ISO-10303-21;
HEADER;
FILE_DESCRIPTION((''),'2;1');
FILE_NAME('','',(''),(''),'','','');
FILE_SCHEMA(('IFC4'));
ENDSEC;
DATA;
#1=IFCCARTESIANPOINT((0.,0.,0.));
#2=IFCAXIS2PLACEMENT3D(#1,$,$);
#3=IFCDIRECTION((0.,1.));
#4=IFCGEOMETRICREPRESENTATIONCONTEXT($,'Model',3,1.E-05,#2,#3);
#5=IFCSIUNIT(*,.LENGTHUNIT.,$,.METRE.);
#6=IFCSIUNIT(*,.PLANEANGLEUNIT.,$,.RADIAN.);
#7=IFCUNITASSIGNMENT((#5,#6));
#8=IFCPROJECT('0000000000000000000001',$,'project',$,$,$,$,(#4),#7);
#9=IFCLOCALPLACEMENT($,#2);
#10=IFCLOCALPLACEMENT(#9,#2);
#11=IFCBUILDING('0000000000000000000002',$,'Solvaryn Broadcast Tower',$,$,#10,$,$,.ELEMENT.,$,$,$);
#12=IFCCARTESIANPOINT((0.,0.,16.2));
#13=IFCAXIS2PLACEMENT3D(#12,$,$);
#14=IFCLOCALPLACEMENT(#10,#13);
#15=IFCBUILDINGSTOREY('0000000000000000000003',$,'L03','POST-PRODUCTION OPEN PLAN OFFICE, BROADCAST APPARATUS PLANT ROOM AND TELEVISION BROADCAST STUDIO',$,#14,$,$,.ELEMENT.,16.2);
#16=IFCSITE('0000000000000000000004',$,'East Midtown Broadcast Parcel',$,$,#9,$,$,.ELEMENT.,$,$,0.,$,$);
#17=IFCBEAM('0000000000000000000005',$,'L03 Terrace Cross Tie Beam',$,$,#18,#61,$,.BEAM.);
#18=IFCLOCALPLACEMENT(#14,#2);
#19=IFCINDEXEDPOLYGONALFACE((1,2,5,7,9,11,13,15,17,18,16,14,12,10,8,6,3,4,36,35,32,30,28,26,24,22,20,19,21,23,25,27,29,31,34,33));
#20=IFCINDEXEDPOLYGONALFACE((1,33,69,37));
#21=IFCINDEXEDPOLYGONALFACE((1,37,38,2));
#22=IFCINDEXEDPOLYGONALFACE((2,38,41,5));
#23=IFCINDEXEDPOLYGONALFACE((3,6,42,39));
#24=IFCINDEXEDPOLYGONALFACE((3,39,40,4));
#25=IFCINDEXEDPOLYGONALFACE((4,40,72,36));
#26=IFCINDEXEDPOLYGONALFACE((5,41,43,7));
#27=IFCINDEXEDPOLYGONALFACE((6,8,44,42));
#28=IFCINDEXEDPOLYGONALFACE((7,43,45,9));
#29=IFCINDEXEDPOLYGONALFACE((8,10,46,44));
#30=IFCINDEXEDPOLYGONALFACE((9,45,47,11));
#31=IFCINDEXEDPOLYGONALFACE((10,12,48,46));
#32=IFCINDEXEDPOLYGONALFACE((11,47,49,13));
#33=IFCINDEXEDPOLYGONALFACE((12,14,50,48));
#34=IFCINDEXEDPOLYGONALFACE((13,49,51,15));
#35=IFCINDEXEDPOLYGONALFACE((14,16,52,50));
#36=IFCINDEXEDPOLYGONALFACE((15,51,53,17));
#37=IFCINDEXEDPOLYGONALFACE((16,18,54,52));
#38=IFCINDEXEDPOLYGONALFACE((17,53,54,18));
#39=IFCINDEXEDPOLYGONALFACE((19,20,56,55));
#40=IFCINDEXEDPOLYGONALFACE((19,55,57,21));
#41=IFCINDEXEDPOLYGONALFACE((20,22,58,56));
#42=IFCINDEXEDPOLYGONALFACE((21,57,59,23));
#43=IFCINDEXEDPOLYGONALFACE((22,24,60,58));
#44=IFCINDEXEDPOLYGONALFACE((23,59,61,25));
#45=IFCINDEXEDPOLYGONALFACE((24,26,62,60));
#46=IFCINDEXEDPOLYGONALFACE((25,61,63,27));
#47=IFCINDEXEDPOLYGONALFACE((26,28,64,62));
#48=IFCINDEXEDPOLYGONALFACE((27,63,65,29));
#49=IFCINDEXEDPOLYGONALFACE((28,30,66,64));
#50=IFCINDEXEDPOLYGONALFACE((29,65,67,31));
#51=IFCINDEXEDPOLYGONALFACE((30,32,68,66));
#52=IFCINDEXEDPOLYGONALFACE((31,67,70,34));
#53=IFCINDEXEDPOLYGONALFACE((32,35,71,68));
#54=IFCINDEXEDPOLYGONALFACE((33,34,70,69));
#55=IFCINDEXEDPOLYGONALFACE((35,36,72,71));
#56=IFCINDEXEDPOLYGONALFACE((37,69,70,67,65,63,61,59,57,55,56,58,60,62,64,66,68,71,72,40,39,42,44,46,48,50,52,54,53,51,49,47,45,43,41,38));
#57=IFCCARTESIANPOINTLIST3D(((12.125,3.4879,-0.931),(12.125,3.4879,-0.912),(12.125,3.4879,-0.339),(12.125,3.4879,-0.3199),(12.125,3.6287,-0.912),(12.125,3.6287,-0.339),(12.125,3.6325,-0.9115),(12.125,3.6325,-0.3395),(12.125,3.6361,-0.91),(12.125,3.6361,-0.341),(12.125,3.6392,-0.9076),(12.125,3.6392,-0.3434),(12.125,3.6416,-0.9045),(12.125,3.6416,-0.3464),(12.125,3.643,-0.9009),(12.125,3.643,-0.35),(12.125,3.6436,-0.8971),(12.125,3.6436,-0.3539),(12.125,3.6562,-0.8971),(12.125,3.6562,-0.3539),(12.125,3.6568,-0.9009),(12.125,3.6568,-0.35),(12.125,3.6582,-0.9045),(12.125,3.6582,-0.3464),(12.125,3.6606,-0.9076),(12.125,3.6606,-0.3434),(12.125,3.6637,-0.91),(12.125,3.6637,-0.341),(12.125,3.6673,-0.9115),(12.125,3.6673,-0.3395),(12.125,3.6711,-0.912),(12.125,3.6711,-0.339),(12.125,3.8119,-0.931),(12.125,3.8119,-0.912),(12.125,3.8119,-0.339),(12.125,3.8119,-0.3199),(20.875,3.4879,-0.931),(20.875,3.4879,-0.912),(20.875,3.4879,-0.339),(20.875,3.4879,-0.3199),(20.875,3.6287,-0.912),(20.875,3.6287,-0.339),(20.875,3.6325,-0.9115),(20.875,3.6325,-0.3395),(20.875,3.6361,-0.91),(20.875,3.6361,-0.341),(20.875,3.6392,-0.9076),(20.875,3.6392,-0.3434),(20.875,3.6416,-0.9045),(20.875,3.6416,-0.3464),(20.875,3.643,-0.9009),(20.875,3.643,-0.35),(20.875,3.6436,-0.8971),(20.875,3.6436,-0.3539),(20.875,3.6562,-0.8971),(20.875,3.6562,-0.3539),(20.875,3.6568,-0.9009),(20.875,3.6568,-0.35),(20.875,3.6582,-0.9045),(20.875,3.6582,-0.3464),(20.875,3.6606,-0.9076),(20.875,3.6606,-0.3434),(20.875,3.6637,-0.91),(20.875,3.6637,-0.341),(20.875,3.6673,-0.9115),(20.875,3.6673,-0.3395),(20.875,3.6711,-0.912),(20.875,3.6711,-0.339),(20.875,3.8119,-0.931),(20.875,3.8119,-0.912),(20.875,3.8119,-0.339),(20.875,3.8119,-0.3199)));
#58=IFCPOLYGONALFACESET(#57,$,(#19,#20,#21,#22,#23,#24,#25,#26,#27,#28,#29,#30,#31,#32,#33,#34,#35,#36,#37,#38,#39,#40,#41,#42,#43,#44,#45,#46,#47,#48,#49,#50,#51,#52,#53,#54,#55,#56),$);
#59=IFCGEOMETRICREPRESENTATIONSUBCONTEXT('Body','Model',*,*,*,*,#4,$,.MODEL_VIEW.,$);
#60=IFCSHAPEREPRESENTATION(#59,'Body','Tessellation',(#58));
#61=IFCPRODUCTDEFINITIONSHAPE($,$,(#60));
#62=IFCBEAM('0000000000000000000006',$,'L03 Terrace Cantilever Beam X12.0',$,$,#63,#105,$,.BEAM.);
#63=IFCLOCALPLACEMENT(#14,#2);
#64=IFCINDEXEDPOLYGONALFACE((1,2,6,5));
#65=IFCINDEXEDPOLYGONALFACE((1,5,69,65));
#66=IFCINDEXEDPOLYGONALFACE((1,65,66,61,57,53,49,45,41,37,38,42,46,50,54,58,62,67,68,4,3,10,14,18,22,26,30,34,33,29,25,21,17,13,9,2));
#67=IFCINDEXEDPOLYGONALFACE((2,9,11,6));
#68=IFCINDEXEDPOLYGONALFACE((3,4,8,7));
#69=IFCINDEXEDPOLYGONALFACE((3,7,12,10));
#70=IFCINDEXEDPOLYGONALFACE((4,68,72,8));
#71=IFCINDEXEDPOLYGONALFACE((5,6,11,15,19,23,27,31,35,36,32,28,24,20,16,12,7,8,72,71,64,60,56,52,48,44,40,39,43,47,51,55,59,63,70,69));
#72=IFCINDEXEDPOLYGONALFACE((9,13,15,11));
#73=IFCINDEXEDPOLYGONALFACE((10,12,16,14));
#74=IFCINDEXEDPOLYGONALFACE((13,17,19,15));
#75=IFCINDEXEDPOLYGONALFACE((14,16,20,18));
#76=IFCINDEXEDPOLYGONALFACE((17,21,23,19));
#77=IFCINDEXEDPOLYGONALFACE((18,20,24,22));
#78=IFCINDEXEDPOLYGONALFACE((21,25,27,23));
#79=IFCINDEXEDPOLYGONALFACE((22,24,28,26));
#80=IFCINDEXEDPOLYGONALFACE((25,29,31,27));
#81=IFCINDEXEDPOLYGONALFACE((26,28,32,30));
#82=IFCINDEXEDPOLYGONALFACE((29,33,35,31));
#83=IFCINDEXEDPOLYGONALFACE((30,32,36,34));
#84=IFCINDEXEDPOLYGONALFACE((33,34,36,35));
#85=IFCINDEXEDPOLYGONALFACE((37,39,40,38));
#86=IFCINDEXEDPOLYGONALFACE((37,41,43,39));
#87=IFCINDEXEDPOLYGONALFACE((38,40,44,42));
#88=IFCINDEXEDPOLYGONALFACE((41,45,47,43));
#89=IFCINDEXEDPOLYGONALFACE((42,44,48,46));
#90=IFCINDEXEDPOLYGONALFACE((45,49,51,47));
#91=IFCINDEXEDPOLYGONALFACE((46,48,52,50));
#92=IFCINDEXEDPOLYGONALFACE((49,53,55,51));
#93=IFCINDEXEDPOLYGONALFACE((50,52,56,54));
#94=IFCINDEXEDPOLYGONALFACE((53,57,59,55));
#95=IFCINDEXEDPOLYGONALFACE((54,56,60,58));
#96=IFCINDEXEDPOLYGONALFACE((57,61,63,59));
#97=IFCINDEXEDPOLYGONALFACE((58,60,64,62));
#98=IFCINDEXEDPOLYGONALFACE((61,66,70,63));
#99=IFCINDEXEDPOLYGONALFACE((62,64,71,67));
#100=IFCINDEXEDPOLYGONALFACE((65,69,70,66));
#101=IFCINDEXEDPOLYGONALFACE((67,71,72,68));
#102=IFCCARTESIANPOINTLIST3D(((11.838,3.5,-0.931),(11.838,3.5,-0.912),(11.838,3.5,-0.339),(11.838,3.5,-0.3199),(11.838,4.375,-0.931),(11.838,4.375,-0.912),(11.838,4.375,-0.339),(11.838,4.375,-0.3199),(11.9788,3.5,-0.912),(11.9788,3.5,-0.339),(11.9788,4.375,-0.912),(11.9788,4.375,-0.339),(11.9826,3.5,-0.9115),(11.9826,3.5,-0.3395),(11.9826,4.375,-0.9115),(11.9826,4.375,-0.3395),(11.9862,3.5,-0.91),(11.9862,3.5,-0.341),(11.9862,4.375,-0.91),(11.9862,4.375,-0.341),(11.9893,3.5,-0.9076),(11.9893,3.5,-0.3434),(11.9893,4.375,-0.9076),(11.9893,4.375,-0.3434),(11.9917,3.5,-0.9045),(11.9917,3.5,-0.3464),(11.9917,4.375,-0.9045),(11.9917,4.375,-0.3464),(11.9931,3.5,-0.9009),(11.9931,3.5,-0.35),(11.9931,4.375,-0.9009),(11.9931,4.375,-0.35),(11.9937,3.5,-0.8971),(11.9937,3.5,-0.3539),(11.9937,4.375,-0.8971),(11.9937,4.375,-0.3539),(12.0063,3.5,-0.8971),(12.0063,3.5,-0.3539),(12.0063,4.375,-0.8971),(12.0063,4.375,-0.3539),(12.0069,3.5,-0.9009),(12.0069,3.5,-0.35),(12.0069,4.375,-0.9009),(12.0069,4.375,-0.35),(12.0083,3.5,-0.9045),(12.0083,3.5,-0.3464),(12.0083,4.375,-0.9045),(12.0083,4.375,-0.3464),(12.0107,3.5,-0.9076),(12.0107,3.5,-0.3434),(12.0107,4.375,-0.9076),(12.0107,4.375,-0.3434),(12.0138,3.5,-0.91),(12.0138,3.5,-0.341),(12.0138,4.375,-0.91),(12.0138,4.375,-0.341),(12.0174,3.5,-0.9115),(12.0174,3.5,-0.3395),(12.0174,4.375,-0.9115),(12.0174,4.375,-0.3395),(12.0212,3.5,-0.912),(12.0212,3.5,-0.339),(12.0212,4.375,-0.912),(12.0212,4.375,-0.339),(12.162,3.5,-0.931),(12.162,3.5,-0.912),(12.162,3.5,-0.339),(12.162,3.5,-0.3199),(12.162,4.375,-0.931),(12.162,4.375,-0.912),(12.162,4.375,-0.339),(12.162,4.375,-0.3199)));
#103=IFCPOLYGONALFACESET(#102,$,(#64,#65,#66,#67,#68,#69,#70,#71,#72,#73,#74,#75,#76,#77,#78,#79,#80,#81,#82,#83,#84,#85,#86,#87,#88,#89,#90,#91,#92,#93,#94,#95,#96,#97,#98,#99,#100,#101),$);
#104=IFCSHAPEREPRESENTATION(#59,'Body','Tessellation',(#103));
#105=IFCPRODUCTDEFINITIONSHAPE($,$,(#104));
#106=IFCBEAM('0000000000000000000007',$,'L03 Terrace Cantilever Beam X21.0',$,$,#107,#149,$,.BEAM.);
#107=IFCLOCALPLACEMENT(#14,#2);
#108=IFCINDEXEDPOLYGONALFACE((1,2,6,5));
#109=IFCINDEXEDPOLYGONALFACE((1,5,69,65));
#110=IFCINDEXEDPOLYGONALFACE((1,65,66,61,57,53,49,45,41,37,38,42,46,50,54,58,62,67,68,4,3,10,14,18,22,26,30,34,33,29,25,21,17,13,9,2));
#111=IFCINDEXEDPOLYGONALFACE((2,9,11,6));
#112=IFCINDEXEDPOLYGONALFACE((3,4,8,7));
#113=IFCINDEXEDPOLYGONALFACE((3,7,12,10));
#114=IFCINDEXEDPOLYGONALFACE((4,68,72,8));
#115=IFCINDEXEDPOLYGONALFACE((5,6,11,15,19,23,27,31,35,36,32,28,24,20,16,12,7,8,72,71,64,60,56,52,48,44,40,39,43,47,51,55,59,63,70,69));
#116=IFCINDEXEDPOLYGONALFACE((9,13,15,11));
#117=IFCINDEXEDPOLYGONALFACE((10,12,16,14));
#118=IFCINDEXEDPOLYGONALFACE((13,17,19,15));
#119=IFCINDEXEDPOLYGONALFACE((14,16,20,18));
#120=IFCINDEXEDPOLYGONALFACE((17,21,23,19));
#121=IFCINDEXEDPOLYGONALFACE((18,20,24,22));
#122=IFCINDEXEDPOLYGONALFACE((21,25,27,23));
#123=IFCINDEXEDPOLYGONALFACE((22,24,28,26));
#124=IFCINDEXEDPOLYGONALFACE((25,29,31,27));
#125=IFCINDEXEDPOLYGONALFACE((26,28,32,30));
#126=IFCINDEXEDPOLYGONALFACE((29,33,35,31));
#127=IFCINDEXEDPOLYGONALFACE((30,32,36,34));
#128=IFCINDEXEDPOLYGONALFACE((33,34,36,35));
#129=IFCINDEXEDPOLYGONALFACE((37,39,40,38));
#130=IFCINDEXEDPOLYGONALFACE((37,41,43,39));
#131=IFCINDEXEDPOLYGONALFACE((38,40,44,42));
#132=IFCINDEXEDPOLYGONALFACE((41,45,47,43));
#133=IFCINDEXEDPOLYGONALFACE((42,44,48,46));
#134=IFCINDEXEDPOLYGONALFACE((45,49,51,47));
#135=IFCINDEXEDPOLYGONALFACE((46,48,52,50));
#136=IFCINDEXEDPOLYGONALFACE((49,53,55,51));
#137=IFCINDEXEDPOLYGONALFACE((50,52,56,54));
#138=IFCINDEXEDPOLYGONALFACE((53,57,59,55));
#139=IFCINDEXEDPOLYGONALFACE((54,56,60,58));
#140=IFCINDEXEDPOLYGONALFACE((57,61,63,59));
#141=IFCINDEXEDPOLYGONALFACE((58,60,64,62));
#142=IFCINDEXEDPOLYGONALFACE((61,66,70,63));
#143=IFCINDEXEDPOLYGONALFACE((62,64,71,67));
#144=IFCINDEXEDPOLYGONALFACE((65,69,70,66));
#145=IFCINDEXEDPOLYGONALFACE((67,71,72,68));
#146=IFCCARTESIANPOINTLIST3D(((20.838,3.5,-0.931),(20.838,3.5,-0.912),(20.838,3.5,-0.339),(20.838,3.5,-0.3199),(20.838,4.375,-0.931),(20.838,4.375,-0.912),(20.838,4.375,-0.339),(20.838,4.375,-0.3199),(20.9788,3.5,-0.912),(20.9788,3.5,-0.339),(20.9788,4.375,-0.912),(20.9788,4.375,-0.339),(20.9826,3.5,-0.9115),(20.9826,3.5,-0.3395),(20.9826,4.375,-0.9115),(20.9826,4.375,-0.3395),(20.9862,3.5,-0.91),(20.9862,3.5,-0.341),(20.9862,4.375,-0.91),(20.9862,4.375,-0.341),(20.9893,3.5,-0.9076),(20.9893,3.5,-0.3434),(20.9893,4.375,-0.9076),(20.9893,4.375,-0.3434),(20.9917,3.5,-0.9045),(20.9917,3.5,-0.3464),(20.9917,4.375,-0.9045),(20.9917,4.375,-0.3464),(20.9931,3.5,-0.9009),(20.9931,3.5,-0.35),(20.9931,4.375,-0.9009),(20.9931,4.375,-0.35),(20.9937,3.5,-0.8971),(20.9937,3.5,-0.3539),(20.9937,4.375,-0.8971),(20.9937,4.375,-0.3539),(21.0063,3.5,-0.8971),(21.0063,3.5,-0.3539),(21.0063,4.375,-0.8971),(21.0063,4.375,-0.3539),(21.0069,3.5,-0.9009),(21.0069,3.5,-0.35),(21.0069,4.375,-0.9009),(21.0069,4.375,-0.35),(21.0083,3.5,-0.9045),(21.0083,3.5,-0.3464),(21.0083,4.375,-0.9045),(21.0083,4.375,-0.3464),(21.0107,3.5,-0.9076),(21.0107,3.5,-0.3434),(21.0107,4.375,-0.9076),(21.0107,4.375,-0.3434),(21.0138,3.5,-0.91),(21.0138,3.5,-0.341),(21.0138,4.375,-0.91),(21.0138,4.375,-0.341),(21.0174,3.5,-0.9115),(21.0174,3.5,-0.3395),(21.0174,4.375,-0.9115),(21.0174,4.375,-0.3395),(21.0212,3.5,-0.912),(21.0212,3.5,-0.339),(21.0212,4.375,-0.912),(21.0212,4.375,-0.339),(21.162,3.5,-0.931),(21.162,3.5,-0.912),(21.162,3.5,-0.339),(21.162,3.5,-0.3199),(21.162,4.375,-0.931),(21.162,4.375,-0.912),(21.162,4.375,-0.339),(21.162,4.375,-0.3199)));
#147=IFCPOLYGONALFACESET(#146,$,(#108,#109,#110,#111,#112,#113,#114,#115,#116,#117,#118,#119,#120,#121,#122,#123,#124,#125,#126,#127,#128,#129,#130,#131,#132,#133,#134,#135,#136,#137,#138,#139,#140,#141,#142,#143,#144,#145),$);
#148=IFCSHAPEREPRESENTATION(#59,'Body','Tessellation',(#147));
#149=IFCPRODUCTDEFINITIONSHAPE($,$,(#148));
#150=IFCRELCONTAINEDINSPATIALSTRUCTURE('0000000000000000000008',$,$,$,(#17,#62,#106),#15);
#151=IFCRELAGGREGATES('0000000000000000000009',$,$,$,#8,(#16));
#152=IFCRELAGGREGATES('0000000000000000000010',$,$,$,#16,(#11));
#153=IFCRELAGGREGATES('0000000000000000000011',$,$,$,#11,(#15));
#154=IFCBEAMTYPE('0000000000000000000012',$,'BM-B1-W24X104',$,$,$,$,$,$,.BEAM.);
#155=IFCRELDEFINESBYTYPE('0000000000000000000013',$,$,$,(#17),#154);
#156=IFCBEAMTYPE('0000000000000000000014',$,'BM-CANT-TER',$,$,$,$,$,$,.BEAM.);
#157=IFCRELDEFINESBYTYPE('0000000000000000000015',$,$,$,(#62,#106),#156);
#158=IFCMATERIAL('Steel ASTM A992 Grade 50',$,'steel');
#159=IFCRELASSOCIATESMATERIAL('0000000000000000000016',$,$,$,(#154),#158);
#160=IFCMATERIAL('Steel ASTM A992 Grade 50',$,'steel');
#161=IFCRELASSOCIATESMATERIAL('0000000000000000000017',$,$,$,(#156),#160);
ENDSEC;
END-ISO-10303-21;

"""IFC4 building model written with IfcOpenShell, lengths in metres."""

from ifc_helpers import new_model, si_unit, direction, frame, origin, origin_2d, place, context, subcontext, project, spatial, i_section, extrude, material, material_profile, profile_set, type_object, element, save


model = new_model("IFC4")

# Units and contexts
model_context = context("Model", 3, precision=1e-05, world=origin(), true_north=direction((0.0, 1.0)))
body_context = subcontext(model_context, "Body", "Model", "MODEL_VIEW")
ifc_project = project(units=[si_unit("LENGTHUNIT", "METRE"), si_unit("PLANEANGLEUNIT", "RADIAN")], contexts=[model_context])

# Site, building, storey
site_placement = place(None, origin())
site = spatial("IfcSite", under=ifc_project, at=site_placement, Name="East Midtown Broadcast Parcel", CompositionType="ELEMENT", RefElevation=0.0)
building_placement = place(site_placement, origin())
building = spatial("IfcBuilding", under=site, at=building_placement, Name="Solvaryn Broadcast Tower", CompositionType="ELEMENT")
storey_placement = place(building_placement, frame((0.0, 0.0, 16.2)))
storey = spatial("IfcBuildingStorey", under=building, at=storey_placement, Name="L03", Description="POST-PRODUCTION OPEN PLAN OFFICE, BROADCAST APPARATUS PLANT ROOM AND TELEVISION BROADCAST STUDIO", CompositionType="ELEMENT", Elevation=16.2)

# Beams
ifc_material_1 = material(Name="Steel ASTM A992 Grade 50", Category="steel")
ifc_material_profile_1 = material_profile(ifc_material_1, i_section(OverallWidth=0.324, OverallDepth=0.6111, WebThickness=0.0127, FlangeThickness=0.019, FilletRadius=0.0149, at=origin_2d()))
ifc_profile_set_1 = profile_set([ifc_material_profile_1], Name="Steel ASTM A992 Grade 50")
beam_type_1 = type_object("IfcBeamType", Name="BM-B1-W24X104", PredefinedType="BEAM", material=ifc_profile_set_1)
beam_placement = place(storey_placement, frame((12.125, 3.6499, -0.6255), z_axis=(1.0, 0.0, 0.0), x_axis=(0.0, 1.0, 0.0)))
element("IfcBeam", 1, at=beam_placement, inside=storey, type_object=beam_type_1, Name="L03 Terrace Cross Tie Beam", PredefinedType="BEAM", context=body_context, shape_type="SweptSolid", body=[
    extrude(i_section(OverallWidth=0.324, OverallDepth=0.6111, WebThickness=0.0127, FlangeThickness=0.019, FilletRadius=0.0149, at=origin_2d()), origin(), (0.0, 0.0, 1.0), 8.75),
])
ifc_material_2 = material(Name="Steel ASTM A992 Grade 50", Category="steel")
ifc_material_profile_2 = material_profile(ifc_material_2, i_section(OverallWidth=0.324, OverallDepth=0.6111, WebThickness=0.0127, FlangeThickness=0.019, FilletRadius=0.0149, at=origin_2d()))
ifc_profile_set_2 = profile_set([ifc_material_profile_2], Name="Steel ASTM A992 Grade 50")
beam_type_2 = type_object("IfcBeamType", Name="BM-CANT-TER", PredefinedType="BEAM", material=ifc_profile_set_2)
for number, where, z_axis, x_axis, name in (
    (2, (12.0, 4.375, -0.6255), (0.0, -1.0, 0.0), (1.0, 0.0, 0.0), "L03 Terrace Cantilever Beam X12.0"),
    (3, (21.0, 4.375, -0.6255), (0.0, -1.0, 0.0), (1.0, 0.0, 0.0), "L03 Terrace Cantilever Beam X21.0"),
):
    element("IfcBeam", number, at=place(storey_placement, frame(where, z_axis=z_axis, x_axis=x_axis)), inside=storey, type_object=beam_type_2, Name=name, PredefinedType="BEAM", context=body_context, shape_type="SweptSolid", body=[
        extrude(i_section(OverallWidth=0.324, OverallDepth=0.6111, WebThickness=0.0127, FlangeThickness=0.019, FilletRadius=0.0149, at=origin_2d()), origin(), (0.0, 0.0, 1.0), 0.875),
    ])

save(model, "model.ifc")
